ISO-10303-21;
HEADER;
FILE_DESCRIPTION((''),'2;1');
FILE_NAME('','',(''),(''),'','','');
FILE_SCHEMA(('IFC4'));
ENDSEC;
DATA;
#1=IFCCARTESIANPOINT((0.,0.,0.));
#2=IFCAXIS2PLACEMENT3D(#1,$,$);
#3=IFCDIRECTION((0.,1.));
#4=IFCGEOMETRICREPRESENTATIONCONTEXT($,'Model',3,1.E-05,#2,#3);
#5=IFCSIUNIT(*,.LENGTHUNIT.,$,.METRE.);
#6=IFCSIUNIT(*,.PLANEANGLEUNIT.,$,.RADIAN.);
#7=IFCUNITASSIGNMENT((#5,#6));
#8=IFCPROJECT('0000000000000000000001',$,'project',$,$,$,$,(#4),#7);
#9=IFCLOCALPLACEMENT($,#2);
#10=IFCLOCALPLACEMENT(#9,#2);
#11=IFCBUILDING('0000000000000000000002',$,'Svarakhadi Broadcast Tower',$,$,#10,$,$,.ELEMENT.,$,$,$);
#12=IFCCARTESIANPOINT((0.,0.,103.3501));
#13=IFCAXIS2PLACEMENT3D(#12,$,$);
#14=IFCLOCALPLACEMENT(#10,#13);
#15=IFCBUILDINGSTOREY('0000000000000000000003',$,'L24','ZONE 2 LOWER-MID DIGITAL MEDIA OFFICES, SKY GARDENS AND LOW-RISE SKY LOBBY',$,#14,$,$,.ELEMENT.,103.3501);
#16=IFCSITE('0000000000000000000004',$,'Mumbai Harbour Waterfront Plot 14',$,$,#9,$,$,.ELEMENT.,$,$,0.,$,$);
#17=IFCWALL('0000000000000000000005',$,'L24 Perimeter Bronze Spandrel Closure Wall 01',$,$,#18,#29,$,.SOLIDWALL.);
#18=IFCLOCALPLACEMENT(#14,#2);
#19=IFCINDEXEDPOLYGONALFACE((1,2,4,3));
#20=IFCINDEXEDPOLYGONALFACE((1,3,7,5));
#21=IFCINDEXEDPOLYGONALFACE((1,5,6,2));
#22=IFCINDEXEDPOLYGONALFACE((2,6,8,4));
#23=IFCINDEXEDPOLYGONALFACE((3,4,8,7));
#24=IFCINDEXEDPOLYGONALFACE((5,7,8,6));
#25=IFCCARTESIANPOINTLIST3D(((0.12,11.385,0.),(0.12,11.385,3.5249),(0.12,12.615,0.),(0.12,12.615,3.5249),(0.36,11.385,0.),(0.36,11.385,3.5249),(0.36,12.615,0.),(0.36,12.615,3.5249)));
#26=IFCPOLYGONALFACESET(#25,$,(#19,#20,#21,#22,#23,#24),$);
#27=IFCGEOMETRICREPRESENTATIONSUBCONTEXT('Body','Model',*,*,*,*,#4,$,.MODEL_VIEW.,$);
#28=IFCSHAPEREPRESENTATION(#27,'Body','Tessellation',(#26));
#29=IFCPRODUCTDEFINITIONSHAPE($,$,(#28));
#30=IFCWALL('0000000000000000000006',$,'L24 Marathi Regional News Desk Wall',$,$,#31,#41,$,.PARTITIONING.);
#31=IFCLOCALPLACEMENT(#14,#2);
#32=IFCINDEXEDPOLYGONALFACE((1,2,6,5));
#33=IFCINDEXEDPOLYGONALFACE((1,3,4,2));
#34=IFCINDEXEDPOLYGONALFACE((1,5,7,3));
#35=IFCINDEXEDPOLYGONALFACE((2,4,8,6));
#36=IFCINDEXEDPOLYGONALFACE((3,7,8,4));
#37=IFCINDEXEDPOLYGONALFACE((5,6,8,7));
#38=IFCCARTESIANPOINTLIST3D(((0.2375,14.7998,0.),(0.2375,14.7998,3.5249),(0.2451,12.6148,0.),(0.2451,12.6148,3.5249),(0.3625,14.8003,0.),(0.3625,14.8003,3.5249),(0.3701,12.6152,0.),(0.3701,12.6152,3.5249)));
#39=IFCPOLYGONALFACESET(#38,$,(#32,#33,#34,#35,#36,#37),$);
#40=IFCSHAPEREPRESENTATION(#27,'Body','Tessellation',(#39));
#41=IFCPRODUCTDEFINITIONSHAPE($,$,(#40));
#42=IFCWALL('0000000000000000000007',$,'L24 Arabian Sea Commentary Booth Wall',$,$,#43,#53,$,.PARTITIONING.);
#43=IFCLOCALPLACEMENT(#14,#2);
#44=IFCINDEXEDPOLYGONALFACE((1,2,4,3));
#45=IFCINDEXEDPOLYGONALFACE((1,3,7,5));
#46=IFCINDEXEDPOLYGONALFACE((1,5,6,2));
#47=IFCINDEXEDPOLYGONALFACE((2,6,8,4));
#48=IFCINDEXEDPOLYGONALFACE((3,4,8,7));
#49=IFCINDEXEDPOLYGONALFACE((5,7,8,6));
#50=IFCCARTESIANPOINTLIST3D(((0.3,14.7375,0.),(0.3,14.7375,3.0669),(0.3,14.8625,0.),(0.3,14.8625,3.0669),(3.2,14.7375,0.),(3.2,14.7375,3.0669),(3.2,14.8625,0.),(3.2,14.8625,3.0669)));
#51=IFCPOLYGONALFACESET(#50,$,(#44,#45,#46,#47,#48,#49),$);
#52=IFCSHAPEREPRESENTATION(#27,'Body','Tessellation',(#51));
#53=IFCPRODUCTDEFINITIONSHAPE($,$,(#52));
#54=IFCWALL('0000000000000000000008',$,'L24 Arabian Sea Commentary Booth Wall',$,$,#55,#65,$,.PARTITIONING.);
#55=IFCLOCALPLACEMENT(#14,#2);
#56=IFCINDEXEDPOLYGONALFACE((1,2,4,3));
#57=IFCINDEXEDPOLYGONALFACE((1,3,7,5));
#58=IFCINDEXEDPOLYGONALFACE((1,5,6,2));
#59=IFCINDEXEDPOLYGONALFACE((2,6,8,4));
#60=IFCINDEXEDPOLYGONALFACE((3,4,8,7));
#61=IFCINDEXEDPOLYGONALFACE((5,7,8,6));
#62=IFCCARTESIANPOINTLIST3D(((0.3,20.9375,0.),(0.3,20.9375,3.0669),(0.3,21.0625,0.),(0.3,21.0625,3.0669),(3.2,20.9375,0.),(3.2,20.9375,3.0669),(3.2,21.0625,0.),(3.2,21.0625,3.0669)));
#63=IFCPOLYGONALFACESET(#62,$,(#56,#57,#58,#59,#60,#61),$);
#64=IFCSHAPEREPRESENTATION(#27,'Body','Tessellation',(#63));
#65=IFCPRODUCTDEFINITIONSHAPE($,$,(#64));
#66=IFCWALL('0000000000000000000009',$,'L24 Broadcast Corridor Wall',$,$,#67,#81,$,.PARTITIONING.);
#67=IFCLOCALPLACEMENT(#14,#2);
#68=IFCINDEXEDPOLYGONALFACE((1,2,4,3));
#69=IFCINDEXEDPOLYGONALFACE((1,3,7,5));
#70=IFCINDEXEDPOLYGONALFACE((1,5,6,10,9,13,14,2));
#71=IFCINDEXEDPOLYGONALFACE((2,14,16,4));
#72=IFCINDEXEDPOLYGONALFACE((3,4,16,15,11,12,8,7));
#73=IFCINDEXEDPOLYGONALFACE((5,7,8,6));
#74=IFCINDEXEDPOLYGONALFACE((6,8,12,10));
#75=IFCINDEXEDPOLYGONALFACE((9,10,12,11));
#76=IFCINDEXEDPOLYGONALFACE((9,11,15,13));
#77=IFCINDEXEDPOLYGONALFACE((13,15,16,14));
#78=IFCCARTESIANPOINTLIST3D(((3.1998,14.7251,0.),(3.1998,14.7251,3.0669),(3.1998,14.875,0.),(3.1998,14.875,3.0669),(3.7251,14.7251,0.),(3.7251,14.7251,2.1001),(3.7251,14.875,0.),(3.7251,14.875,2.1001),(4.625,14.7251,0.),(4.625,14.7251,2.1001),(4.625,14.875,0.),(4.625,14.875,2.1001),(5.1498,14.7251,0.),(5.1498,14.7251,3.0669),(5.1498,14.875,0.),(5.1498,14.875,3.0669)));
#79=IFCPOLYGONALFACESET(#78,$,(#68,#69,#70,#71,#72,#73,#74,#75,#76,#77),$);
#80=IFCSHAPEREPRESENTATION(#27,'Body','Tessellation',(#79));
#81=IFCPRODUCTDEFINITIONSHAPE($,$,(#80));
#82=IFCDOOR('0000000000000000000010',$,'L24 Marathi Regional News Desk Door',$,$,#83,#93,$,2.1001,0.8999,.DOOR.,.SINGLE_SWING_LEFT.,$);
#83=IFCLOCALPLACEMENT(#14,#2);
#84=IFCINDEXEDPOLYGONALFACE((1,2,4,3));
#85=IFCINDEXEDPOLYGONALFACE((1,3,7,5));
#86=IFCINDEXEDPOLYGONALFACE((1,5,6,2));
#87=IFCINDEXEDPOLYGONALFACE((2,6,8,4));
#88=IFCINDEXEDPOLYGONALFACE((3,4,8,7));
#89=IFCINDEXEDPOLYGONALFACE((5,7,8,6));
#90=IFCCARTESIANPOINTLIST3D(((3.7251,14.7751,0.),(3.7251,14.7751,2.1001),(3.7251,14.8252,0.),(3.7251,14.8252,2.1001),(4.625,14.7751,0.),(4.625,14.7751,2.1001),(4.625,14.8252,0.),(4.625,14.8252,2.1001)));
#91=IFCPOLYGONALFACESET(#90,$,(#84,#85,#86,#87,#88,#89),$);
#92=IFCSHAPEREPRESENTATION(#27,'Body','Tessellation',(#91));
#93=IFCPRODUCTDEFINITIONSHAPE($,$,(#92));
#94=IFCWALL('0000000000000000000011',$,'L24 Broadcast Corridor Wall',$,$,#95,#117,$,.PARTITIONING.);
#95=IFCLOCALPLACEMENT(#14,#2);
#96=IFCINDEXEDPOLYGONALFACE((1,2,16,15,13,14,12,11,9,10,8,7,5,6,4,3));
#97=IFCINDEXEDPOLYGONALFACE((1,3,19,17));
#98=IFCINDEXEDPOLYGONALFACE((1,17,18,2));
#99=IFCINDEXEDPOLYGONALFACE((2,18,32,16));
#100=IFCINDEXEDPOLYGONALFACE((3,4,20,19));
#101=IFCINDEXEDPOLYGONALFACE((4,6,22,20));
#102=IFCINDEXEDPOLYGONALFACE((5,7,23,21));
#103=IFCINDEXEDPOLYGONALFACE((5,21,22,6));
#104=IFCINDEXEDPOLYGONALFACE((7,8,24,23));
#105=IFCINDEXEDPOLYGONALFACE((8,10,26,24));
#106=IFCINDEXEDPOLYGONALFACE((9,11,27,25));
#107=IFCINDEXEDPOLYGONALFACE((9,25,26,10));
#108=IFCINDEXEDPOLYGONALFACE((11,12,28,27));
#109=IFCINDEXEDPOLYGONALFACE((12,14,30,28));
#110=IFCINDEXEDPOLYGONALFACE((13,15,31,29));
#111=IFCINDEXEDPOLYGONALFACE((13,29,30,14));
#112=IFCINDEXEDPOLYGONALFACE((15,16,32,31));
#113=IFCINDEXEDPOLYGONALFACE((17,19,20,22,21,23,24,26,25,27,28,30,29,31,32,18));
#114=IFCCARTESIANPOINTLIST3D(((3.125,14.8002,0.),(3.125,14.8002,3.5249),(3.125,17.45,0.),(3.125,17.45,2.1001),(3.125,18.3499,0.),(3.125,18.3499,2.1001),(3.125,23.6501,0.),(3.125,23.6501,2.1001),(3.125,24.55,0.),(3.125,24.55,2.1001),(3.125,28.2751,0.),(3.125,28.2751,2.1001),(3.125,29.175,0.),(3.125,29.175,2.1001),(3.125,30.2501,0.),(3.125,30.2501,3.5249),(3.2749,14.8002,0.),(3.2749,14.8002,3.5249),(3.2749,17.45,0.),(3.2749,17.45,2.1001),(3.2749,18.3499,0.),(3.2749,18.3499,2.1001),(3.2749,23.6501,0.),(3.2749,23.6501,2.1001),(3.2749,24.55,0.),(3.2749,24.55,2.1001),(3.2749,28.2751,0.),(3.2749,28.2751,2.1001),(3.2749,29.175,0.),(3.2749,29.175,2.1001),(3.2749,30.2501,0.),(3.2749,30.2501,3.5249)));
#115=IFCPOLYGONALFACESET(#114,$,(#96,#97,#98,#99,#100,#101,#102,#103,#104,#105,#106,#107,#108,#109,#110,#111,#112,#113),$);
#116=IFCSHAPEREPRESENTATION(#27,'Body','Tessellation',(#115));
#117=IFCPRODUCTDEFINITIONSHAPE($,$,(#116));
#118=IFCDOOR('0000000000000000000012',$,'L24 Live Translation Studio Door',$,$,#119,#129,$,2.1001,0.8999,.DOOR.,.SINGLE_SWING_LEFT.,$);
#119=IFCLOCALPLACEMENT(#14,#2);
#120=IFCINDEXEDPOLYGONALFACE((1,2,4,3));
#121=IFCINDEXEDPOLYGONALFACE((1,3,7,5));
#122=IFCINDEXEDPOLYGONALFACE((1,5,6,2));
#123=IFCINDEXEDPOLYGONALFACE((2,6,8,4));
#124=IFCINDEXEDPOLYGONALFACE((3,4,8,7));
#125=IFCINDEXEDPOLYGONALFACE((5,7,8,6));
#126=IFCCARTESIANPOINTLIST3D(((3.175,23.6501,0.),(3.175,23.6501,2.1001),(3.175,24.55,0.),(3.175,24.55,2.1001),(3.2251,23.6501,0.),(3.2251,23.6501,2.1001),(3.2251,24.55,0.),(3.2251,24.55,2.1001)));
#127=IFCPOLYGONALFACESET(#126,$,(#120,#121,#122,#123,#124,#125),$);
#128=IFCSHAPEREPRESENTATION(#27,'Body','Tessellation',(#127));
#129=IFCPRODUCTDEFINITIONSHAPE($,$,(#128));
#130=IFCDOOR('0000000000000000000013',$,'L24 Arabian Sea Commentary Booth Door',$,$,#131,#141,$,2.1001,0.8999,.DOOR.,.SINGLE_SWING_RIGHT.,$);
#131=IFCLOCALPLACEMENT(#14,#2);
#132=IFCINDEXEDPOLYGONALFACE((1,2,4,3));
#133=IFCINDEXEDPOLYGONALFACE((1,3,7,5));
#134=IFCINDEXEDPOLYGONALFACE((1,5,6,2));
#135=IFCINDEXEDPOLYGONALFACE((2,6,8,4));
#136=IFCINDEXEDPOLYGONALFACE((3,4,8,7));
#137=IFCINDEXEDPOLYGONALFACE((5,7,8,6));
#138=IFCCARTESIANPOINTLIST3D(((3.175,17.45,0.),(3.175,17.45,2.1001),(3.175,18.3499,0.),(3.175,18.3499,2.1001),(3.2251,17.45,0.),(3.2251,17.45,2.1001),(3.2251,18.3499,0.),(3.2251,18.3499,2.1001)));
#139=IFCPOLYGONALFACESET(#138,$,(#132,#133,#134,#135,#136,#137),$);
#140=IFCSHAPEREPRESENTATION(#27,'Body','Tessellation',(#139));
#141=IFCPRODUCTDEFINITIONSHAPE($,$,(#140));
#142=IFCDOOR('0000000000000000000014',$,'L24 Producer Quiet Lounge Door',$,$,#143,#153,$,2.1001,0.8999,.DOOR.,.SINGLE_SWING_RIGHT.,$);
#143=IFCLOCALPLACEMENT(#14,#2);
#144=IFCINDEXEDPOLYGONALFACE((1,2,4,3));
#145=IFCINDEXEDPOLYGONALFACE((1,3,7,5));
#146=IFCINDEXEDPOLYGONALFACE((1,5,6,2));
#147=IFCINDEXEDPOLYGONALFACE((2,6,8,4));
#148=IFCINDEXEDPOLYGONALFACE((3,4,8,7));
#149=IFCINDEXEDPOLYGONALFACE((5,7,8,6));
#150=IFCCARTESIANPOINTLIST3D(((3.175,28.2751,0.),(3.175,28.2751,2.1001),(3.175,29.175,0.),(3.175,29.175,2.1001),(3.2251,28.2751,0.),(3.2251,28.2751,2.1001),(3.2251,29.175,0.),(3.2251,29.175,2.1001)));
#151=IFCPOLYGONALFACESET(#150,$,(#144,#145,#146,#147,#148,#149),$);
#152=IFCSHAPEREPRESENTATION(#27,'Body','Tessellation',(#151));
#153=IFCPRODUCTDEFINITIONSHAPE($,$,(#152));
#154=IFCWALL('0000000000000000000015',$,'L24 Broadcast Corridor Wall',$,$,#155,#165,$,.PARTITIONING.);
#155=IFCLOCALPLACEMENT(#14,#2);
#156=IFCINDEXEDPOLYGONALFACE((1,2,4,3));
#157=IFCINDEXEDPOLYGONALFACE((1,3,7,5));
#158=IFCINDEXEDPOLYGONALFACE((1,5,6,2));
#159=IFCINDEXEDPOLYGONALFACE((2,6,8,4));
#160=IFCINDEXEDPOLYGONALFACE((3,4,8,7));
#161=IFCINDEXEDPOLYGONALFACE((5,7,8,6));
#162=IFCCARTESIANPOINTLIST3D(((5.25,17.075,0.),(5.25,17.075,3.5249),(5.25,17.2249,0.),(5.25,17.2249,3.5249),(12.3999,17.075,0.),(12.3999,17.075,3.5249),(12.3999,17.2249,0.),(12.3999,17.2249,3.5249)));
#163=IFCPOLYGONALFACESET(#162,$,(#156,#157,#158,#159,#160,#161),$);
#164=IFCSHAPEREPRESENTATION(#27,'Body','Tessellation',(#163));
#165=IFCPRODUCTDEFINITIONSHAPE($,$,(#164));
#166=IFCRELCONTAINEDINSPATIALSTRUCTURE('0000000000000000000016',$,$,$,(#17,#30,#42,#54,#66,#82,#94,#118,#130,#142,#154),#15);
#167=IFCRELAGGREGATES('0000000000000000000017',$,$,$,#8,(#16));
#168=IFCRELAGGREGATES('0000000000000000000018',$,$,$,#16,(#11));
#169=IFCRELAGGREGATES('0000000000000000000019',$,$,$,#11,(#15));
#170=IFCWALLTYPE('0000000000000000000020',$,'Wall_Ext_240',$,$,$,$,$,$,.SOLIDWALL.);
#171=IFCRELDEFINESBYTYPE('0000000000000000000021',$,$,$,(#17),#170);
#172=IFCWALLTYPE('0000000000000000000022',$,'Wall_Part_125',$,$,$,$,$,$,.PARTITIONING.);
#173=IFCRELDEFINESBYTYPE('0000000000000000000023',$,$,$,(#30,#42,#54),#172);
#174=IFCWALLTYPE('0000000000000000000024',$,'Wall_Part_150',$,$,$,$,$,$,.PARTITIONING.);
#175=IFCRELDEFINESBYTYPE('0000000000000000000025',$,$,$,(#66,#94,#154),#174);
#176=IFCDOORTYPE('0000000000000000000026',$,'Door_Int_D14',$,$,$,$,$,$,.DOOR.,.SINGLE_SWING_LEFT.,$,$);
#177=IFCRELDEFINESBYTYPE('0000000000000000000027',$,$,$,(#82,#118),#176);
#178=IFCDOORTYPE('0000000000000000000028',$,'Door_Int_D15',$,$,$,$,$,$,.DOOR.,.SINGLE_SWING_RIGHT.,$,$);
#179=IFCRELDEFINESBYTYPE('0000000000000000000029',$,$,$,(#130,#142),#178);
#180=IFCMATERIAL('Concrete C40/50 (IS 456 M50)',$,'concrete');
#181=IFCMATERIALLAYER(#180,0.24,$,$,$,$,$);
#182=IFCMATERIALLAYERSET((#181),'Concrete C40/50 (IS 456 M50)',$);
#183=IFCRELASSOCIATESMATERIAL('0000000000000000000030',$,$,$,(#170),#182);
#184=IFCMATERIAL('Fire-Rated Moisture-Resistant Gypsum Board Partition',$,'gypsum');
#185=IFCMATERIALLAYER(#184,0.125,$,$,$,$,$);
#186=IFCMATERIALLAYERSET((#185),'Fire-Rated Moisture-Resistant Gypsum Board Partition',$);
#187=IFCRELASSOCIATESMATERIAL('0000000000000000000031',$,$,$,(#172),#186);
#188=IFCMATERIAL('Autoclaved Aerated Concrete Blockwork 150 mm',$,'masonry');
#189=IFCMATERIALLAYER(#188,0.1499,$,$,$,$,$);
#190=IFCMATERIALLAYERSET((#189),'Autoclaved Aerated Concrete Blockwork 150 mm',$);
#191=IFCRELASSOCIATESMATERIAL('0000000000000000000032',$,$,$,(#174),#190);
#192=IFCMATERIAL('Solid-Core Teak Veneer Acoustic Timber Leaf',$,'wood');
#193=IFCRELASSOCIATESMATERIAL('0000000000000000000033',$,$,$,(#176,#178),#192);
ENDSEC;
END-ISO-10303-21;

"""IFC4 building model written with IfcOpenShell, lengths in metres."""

from ifc_helpers import new_model, si_unit, direction, frame, frame_2d, origin, place, context, subcontext, project, spatial, rectangle, extrude, material, layer, layer_set, type_object, element, fill, save


model = new_model("IFC4")

# Units and contexts
model_context = context("Model", 3, precision=1e-05, world=origin(), true_north=direction((0.0, 1.0)))
body_context = subcontext(model_context, "Body", "Model", "MODEL_VIEW")
ifc_project = project(units=[si_unit("LENGTHUNIT", "METRE"), si_unit("PLANEANGLEUNIT", "RADIAN")], contexts=[model_context])

# Site, building, storey
site_placement = place(None, origin())
site = spatial("IfcSite", under=ifc_project, at=site_placement, Name="Mumbai Harbour Waterfront Plot 14", CompositionType="ELEMENT", RefElevation=0.0)
building_placement = place(site_placement, origin())
building = spatial("IfcBuilding", under=site, at=building_placement, Name="Svarakhadi Broadcast Tower", CompositionType="ELEMENT")
storey_placement = place(building_placement, frame((0.0, 0.0, 103.3501)))
storey = spatial("IfcBuildingStorey", under=building, at=storey_placement, Name="L24", Description="ZONE 2 LOWER-MID DIGITAL MEDIA OFFICES, SKY GARDENS AND LOW-RISE SKY LOBBY", CompositionType="ELEMENT", Elevation=103.3501)

# Walls
ifc_material_1 = material(Name="Concrete C40/50 (IS 456 M50)", Category="concrete")
ifc_layer_1 = layer(ifc_material_1, 0.24)
ifc_layer_set_1 = layer_set([ifc_layer_1], Name="Concrete C40/50 (IS 456 M50)")
wall_type_1 = type_object("IfcWallType", Name="Wall_Ext_240", PredefinedType="SOLIDWALL", material=ifc_layer_set_1)
wall_1_placement = place(storey_placement, frame((0.24, 11.385, 0.0), z_axis=(0.0, 0.0, 1.0), x_axis=(0.0, 1.0, 0.0)))
element("IfcWall", 1, at=wall_1_placement, inside=storey, type_object=wall_type_1, Name="L24 Perimeter Bronze Spandrel Closure Wall 01", PredefinedType="SOLIDWALL", context=body_context, shape_type="SweptSolid", body=[
    extrude(rectangle(XDim=1.23, YDim=0.24, at=frame_2d((0.615, 0.0))), origin(), (0.0, 0.0, 1.0), 3.5249),
])
ifc_material_2 = material(Name="Fire-Rated Moisture-Resistant Gypsum Board Partition", Category="gypsum")
ifc_layer_2 = layer(ifc_material_2, 0.125)
ifc_layer_set_2 = layer_set([ifc_layer_2], Name="Fire-Rated Moisture-Resistant Gypsum Board Partition")
wall_type_2 = type_object("IfcWallType", Name="Wall_Part_125", PredefinedType="PARTITIONING", material=ifc_layer_set_2)
wall_2_placement = place(storey_placement, frame((0.3076, 12.615, 0.0), z_axis=(0.0, 0.0, 1.0), x_axis=(-0.003464, 0.999994, 0.0)))
element("IfcWall", 2, at=wall_2_placement, inside=storey, type_object=wall_type_2, Name="L24 Marathi Regional News Desk Wall", PredefinedType="PARTITIONING", context=body_context, shape_type="SweptSolid", body=[
    extrude(rectangle(XDim=2.1851, YDim=0.125, at=frame_2d((1.0925, 0.0))), origin(), (0.0, 0.0, 1.0), 3.5249),
])
for number, where, z_axis, x_axis, name in (
    (3, (0.3, 14.8, 0.0), (0.0, 0.0, 1.0), (1.0, 0.0, 0.0), "L24 Arabian Sea Commentary Booth Wall"),
    (4, (0.3, 21.0, 0.0), (0.0, 0.0, 1.0), (1.0, 0.0, 0.0), "L24 Arabian Sea Commentary Booth Wall"),
):
    element("IfcWall", number, at=place(storey_placement, frame(where, z_axis=z_axis, x_axis=x_axis)), inside=storey, type_object=wall_type_2, Name=name, PredefinedType="PARTITIONING", context=body_context, shape_type="SweptSolid", body=[
        extrude(rectangle(XDim=2.8999, YDim=0.125, at=frame_2d((1.45, 0.0))), origin(), (0.0, 0.0, 1.0), 3.0669),
    ])

# Wall, opening, door
ifc_material_3 = material(Name="Autoclaved Aerated Concrete Blockwork 150 mm", Category="masonry")
ifc_layer_3 = layer(ifc_material_3, 0.1499)
ifc_layer_set_3 = layer_set([ifc_layer_3], Name="Autoclaved Aerated Concrete Blockwork 150 mm")
wall_type_3 = type_object("IfcWallType", Name="Wall_Part_150", PredefinedType="PARTITIONING", material=ifc_layer_set_3)
wall_3_placement = place(storey_placement, frame((5.1499, 14.8, 0.0), z_axis=(0.0, 0.0, 1.0), x_axis=(-1.0, 0.0, 0.0)))
wall_3 = element("IfcWall", 5, at=wall_3_placement, inside=storey, type_object=wall_type_3, Name="L24 Broadcast Corridor Wall", PredefinedType="PARTITIONING", context=body_context, shape_type="SweptSolid", body=[
    extrude(rectangle(XDim=1.95, YDim=0.1499, at=frame_2d((0.9751, 0.0))), origin(), (0.0, 0.0, 1.0), 3.0669),
])
opening_1_placement = place(wall_3_placement, frame((0.5249, 0.0, 0.0)))
opening_1 = element("IfcOpeningElement", 6, at=opening_1_placement, cuts=wall_3, PredefinedType="OPENING", context=body_context, shape_type="SweptSolid", body=[
    extrude(rectangle(XDim=0.8999, YDim=2.1001, at=frame_2d((0.45, 1.05))), frame((0.0, 0.085, 0.0), z_axis=(0.0, -1.0, 0.0), x_axis=(1.0, 0.0, 0.0)), (0.0, 0.0, 1.0), 0.1699),
])
ifc_material_4 = material(Name="Solid-Core Teak Veneer Acoustic Timber Leaf", Category="wood")
door_type_1 = type_object("IfcDoorType", Name="Door_Int_D14", OperationType="SINGLE_SWING_LEFT", PredefinedType="DOOR", material=ifc_material_4)
door_1_placement = place(opening_1_placement, origin())
door_1 = element("IfcDoor", 7, at=door_1_placement, inside=storey, type_object=door_type_1, Name="L24 Marathi Regional News Desk Door", OperationType="SINGLE_SWING_LEFT", OverallHeight=2.1001, OverallWidth=0.8999, PredefinedType="DOOR", context=body_context, shape_type="SweptSolid", body=[
    extrude(rectangle(XDim=0.8999, YDim=2.1001, at=frame_2d((0.45, 1.05))), frame((0.0, 0.0249, 0.0), z_axis=(0.0, -1.0, 0.0), x_axis=(1.0, 0.0, 0.0)), (0.0, 0.0, 1.0), 0.05),
])
fill(opening_1, door_1)

# Wall, openings, doors
wall_4_placement = place(storey_placement, frame((3.2, 14.8, 0.0), z_axis=(0.0, 0.0, 1.0), x_axis=(0.0, 1.0, 0.0)))
wall_4 = element("IfcWall", 8, at=wall_4_placement, inside=storey, type_object=wall_type_3, Name="L24 Broadcast Corridor Wall", PredefinedType="PARTITIONING", context=body_context, shape_type="SweptSolid", body=[
    extrude(rectangle(XDim=15.45, YDim=0.1499, at=frame_2d((7.7251, 0.0))), origin(), (0.0, 0.0, 1.0), 3.5249),
])
opening_2_placement = place(wall_4_placement, frame((2.6499, 0.0, 0.0)))
opening_2 = element("IfcOpeningElement", 9, at=opening_2_placement, cuts=wall_4, PredefinedType="OPENING", context=body_context, shape_type="SweptSolid", body=[
    extrude(rectangle(XDim=0.8999, YDim=2.1001, at=frame_2d((0.45, 1.05))), frame((0.0, 0.085, 0.0), z_axis=(0.0, -1.0, 0.0), x_axis=(1.0, 0.0, 0.0)), (0.0, 0.0, 1.0), 0.1699),
])
opening_3_placement = place(wall_4_placement, frame((8.8501, 0.0, 0.0)))
opening_3 = element("IfcOpeningElement", 10, at=opening_3_placement, cuts=wall_4, PredefinedType="OPENING", context=body_context, shape_type="SweptSolid", body=[
    extrude(rectangle(XDim=0.8999, YDim=2.1001, at=frame_2d((0.45, 1.05))), frame((0.0, 0.085, 0.0), z_axis=(0.0, -1.0, 0.0), x_axis=(1.0, 0.0, 0.0)), (0.0, 0.0, 1.0), 0.1699),
])
opening_4_placement = place(wall_4_placement, frame((13.4751, 0.0, 0.0)))
opening_4 = element("IfcOpeningElement", 11, at=opening_4_placement, cuts=wall_4, PredefinedType="OPENING", context=body_context, shape_type="SweptSolid", body=[
    extrude(rectangle(XDim=0.8999, YDim=2.1001, at=frame_2d((0.45, 1.05))), frame((0.0, 0.085, 0.0), z_axis=(0.0, -1.0, 0.0), x_axis=(1.0, 0.0, 0.0)), (0.0, 0.0, 1.0), 0.1699),
])
door_2_placement = place(opening_3_placement, origin())
door_2 = element("IfcDoor", 12, at=door_2_placement, inside=storey, type_object=door_type_1, Name="L24 Live Translation Studio Door", OperationType="SINGLE_SWING_LEFT", OverallHeight=2.1001, OverallWidth=0.8999, PredefinedType="DOOR", context=body_context, shape_type="SweptSolid", body=[
    extrude(rectangle(XDim=0.8999, YDim=2.1001, at=frame_2d((0.45, 1.05))), frame((0.0, 0.0249, 0.0), z_axis=(0.0, -1.0, 0.0), x_axis=(1.0, 0.0, 0.0)), (0.0, 0.0, 1.0), 0.05),
])
fill(opening_3, door_2)
door_type_2 = type_object("IfcDoorType", Name="Door_Int_D15", OperationType="SINGLE_SWING_RIGHT", PredefinedType="DOOR", material=ifc_material_4)
door_3_placement = place(opening_2_placement, origin())
door_3 = element("IfcDoor", 13, at=door_3_placement, inside=storey, type_object=door_type_2, Name="L24 Arabian Sea Commentary Booth Door", OperationType="SINGLE_SWING_RIGHT", OverallHeight=2.1001, OverallWidth=0.8999, PredefinedType="DOOR", context=body_context, shape_type="SweptSolid", body=[
    extrude(rectangle(XDim=0.8999, YDim=2.1001, at=frame_2d((0.45, 1.05))), frame((0.0, 0.0249, 0.0), z_axis=(0.0, -1.0, 0.0), x_axis=(1.0, 0.0, 0.0)), (0.0, 0.0, 1.0), 0.05),
])
fill(opening_2, door_3)
door_4_placement = place(opening_4_placement, origin())
door_4 = element("IfcDoor", 14, at=door_4_placement, inside=storey, type_object=door_type_2, Name="L24 Producer Quiet Lounge Door", OperationType="SINGLE_SWING_RIGHT", OverallHeight=2.1001, OverallWidth=0.8999, PredefinedType="DOOR", context=body_context, shape_type="SweptSolid", body=[
    extrude(rectangle(XDim=0.8999, YDim=2.1001, at=frame_2d((0.45, 1.05))), frame((0.0, 0.0249, 0.0), z_axis=(0.0, -1.0, 0.0), x_axis=(1.0, 0.0, 0.0)), (0.0, 0.0, 1.0), 0.05),
])
fill(opening_4, door_4)

# Wall
wall_5_placement = place(storey_placement, frame((5.25, 17.1499, 0.0), z_axis=(0.0, 0.0, 1.0), x_axis=(1.0, 0.0, 0.0)))
element("IfcWall", 15, at=wall_5_placement, inside=storey, type_object=wall_type_3, Name="L24 Broadcast Corridor Wall", PredefinedType="PARTITIONING", context=body_context, shape_type="SweptSolid", body=[
    extrude(rectangle(XDim=7.1499, YDim=0.1499, at=frame_2d((3.575, 0.0))), origin(), (0.0, 0.0, 1.0), 3.5249),
])

save(model, "model.ifc")
